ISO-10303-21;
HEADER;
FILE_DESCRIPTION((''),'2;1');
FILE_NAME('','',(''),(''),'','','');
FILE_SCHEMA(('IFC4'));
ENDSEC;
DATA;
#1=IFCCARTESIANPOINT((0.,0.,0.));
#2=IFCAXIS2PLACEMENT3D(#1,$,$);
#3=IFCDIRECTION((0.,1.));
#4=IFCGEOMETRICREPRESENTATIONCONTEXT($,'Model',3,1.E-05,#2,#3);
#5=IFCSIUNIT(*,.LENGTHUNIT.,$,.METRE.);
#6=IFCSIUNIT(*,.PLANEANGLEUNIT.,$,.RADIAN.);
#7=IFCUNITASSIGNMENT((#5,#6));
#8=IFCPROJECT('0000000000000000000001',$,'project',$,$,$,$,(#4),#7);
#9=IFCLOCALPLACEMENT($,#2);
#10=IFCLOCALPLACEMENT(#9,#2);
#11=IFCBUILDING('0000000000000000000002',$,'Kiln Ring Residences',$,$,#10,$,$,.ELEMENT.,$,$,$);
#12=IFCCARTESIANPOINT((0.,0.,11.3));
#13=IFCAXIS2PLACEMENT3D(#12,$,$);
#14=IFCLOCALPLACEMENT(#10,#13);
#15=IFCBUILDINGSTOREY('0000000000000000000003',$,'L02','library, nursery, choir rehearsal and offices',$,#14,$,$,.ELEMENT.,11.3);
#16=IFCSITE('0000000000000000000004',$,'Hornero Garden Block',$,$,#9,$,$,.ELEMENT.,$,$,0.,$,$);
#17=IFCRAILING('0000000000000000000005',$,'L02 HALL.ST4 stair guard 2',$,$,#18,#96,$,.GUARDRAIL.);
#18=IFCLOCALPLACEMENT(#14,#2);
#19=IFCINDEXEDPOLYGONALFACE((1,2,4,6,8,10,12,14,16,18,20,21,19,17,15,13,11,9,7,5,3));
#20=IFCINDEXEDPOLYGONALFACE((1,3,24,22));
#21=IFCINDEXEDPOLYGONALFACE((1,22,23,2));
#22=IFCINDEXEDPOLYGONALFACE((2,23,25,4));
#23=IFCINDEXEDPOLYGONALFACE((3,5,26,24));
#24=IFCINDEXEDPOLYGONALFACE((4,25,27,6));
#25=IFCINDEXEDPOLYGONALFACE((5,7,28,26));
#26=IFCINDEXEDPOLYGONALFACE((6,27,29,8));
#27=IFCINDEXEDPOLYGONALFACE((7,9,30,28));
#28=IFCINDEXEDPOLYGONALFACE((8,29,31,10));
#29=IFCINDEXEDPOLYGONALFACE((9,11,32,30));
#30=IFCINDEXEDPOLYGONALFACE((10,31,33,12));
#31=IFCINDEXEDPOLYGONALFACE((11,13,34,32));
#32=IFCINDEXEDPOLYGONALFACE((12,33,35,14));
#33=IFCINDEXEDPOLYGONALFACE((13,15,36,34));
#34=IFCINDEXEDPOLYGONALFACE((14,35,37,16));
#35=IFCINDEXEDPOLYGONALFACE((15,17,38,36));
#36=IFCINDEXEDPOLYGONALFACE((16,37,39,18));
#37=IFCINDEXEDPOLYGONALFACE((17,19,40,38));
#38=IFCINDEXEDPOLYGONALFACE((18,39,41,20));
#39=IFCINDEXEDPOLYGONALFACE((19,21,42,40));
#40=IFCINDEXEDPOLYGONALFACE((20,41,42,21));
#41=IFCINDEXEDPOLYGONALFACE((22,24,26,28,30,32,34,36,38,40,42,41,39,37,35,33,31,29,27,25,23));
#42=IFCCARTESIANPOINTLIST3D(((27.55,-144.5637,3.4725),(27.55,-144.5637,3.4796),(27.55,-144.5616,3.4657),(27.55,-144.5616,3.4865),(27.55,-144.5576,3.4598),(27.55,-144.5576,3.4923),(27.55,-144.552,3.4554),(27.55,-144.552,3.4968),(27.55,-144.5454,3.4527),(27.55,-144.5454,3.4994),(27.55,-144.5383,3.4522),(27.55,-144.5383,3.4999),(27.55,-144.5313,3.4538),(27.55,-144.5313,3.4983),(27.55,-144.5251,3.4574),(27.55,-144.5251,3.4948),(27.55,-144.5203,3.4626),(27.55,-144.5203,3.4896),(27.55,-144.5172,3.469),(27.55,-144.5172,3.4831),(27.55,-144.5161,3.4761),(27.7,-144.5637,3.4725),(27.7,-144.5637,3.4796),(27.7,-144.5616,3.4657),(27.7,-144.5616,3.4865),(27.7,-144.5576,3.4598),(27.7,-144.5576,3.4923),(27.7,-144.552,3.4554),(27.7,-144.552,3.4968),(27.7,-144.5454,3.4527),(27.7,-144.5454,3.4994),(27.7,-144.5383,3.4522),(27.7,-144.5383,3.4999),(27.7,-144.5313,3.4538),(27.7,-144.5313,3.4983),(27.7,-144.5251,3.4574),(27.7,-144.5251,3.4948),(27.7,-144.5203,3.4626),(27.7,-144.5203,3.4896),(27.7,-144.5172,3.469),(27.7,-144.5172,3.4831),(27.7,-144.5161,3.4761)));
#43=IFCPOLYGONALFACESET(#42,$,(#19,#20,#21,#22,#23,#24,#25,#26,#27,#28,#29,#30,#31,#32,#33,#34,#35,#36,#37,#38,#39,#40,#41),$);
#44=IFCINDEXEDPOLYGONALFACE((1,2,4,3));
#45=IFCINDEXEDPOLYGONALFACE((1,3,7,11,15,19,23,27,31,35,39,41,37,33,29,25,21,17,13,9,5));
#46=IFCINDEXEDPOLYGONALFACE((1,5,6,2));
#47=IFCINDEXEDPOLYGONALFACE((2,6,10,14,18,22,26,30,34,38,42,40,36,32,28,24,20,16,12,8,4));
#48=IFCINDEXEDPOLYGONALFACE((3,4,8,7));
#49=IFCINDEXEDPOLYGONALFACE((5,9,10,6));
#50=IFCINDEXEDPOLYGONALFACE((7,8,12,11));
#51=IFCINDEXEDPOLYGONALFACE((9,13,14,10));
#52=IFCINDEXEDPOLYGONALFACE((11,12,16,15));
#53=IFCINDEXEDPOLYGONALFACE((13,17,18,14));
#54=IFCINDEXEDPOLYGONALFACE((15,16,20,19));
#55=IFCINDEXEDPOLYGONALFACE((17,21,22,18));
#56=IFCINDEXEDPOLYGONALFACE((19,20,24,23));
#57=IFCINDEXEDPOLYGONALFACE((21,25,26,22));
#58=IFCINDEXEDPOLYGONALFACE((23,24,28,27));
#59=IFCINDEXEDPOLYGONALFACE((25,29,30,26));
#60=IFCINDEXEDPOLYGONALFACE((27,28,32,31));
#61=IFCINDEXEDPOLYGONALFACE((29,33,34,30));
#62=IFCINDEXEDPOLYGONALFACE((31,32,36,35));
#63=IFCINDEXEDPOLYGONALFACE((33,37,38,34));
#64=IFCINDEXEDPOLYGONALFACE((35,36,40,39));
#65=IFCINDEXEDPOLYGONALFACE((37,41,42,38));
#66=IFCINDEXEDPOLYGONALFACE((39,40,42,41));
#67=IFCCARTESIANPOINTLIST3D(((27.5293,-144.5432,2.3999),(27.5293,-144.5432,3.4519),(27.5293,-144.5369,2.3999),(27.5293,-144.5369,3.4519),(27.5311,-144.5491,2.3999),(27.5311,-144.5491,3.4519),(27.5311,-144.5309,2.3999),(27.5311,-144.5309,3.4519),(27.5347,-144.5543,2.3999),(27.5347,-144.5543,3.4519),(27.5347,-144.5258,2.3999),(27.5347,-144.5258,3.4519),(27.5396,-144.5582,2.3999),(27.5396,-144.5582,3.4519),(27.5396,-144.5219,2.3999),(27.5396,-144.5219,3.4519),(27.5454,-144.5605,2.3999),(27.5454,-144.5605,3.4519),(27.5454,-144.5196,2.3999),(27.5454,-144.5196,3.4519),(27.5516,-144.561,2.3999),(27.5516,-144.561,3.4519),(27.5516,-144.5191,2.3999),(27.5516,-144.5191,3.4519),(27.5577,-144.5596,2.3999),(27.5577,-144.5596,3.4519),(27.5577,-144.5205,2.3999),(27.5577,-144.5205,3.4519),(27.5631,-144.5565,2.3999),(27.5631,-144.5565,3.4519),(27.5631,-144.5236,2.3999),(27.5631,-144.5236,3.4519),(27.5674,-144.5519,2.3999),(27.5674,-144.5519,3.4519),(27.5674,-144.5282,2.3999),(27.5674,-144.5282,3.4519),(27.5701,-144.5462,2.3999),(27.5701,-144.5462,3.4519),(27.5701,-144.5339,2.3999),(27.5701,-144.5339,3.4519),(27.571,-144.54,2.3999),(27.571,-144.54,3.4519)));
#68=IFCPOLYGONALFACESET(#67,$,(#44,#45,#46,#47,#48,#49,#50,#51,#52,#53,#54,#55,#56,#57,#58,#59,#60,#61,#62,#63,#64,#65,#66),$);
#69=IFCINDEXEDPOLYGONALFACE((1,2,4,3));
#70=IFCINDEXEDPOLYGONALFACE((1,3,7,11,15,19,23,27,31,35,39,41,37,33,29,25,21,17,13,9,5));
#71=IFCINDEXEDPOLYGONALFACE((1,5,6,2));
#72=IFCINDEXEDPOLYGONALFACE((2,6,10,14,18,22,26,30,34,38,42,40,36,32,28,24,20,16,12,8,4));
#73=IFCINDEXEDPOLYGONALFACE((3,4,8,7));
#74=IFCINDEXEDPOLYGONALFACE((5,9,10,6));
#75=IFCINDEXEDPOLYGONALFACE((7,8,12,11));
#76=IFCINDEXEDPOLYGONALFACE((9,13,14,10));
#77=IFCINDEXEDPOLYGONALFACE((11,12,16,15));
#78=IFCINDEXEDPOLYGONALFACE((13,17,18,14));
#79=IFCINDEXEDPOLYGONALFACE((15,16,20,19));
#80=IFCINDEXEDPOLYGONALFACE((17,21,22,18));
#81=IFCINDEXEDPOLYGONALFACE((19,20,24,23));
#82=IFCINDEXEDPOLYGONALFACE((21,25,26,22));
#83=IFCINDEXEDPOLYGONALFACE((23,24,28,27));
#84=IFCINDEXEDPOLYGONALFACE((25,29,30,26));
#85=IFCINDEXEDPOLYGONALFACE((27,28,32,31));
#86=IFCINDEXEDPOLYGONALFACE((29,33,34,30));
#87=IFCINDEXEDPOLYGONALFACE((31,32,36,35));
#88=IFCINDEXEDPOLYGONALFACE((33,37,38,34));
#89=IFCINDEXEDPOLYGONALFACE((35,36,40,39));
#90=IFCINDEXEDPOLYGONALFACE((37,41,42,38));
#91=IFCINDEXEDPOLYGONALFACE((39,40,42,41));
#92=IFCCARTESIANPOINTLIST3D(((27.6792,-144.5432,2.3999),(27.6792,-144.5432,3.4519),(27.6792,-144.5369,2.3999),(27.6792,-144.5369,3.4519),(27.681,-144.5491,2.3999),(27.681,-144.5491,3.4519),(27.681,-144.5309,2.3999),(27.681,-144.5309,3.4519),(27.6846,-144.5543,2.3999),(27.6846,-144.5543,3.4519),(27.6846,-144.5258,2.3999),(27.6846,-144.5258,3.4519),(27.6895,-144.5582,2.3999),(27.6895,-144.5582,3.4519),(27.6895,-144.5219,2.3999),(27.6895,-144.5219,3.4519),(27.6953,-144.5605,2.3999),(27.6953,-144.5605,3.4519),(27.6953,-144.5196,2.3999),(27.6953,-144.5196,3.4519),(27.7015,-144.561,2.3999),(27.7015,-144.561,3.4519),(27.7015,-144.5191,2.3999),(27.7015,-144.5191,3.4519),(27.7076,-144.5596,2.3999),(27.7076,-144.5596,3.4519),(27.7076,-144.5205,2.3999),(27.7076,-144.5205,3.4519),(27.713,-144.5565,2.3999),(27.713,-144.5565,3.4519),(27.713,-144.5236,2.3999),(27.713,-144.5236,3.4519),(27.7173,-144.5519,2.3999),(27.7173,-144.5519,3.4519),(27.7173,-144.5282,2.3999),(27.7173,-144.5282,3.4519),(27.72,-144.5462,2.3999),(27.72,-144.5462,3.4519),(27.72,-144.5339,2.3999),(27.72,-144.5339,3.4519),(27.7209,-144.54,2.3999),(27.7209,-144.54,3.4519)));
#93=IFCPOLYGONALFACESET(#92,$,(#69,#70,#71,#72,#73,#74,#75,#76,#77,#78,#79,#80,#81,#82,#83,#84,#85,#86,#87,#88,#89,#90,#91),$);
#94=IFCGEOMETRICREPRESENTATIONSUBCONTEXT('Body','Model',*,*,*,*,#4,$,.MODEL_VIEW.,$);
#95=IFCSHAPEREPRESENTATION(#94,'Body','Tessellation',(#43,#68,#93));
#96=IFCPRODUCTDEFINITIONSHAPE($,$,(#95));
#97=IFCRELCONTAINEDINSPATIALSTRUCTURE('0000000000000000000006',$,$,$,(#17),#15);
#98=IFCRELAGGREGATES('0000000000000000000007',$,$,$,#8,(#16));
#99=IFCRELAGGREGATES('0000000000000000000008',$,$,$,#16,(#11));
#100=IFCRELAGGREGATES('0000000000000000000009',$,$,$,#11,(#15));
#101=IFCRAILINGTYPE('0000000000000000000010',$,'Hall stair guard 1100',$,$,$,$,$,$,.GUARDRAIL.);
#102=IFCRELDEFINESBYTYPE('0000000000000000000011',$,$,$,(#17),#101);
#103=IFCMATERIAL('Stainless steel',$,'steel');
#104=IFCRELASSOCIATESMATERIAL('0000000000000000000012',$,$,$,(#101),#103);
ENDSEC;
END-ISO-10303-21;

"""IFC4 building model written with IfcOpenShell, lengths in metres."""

from ifc_helpers import new_model, si_unit, direction, frame, origin, origin_2d, place, context, subcontext, project, spatial, circle, extrude, material, type_object, element, save


model = new_model("IFC4")

# Units and contexts
model_context = context("Model", 3, precision=1e-05, world=origin(), true_north=direction((0.0, 1.0)))
body_context = subcontext(model_context, "Body", "Model", "MODEL_VIEW")
ifc_project = project(units=[si_unit("LENGTHUNIT", "METRE"), si_unit("PLANEANGLEUNIT", "RADIAN")], contexts=[model_context])

# Site, building, storey
site_placement = place(None, origin())
site = spatial("IfcSite", under=ifc_project, at=site_placement, Name="Hornero Garden Block", CompositionType="ELEMENT", RefElevation=0.0)
building_placement = place(site_placement, origin())
building = spatial("IfcBuilding", under=site, at=building_placement, Name="Kiln Ring Residences", CompositionType="ELEMENT")
storey_placement = place(building_placement, frame((0.0, 0.0, 11.3)))
storey = spatial("IfcBuildingStorey", under=building, at=storey_placement, Name="L02", Description="library, nursery, choir rehearsal and offices", CompositionType="ELEMENT", Elevation=11.3)

# Railing
ifc_material_1 = material(Name="Stainless steel", Category="steel")
railing_type_1 = type_object("IfcRailingType", Name="Hall stair guard 1100", PredefinedType="GUARDRAIL", material=ifc_material_1)
railing_1_placement = place(storey_placement, frame((27.55, -144.54, 2.3999)))
element("IfcRailing", 1, at=railing_1_placement, inside=storey, type_object=railing_type_1, Name="L02 HALL.ST4 stair guard 2", PredefinedType="GUARDRAIL", context=body_context, shape_type="SweptSolid", body=[
    extrude(circle(Radius=0.0239, at=origin_2d()), frame((0.0, 0.0, 1.0762), z_axis=(1.0, 0.0, 0.0), x_axis=(0.0, 1.0, 0.0)), (0.0, 0.0, 1.0), 0.1499),
    extrude(circle(Radius=0.021, at=origin_2d()), origin(), (0.0, 0.0, 1.0), 1.052),
    extrude(circle(Radius=0.021, at=origin_2d()), frame((0.1499, 0.0, 0.0)), (0.0, 0.0, 1.0), 1.052),
])

save(model, "model.ifc")
